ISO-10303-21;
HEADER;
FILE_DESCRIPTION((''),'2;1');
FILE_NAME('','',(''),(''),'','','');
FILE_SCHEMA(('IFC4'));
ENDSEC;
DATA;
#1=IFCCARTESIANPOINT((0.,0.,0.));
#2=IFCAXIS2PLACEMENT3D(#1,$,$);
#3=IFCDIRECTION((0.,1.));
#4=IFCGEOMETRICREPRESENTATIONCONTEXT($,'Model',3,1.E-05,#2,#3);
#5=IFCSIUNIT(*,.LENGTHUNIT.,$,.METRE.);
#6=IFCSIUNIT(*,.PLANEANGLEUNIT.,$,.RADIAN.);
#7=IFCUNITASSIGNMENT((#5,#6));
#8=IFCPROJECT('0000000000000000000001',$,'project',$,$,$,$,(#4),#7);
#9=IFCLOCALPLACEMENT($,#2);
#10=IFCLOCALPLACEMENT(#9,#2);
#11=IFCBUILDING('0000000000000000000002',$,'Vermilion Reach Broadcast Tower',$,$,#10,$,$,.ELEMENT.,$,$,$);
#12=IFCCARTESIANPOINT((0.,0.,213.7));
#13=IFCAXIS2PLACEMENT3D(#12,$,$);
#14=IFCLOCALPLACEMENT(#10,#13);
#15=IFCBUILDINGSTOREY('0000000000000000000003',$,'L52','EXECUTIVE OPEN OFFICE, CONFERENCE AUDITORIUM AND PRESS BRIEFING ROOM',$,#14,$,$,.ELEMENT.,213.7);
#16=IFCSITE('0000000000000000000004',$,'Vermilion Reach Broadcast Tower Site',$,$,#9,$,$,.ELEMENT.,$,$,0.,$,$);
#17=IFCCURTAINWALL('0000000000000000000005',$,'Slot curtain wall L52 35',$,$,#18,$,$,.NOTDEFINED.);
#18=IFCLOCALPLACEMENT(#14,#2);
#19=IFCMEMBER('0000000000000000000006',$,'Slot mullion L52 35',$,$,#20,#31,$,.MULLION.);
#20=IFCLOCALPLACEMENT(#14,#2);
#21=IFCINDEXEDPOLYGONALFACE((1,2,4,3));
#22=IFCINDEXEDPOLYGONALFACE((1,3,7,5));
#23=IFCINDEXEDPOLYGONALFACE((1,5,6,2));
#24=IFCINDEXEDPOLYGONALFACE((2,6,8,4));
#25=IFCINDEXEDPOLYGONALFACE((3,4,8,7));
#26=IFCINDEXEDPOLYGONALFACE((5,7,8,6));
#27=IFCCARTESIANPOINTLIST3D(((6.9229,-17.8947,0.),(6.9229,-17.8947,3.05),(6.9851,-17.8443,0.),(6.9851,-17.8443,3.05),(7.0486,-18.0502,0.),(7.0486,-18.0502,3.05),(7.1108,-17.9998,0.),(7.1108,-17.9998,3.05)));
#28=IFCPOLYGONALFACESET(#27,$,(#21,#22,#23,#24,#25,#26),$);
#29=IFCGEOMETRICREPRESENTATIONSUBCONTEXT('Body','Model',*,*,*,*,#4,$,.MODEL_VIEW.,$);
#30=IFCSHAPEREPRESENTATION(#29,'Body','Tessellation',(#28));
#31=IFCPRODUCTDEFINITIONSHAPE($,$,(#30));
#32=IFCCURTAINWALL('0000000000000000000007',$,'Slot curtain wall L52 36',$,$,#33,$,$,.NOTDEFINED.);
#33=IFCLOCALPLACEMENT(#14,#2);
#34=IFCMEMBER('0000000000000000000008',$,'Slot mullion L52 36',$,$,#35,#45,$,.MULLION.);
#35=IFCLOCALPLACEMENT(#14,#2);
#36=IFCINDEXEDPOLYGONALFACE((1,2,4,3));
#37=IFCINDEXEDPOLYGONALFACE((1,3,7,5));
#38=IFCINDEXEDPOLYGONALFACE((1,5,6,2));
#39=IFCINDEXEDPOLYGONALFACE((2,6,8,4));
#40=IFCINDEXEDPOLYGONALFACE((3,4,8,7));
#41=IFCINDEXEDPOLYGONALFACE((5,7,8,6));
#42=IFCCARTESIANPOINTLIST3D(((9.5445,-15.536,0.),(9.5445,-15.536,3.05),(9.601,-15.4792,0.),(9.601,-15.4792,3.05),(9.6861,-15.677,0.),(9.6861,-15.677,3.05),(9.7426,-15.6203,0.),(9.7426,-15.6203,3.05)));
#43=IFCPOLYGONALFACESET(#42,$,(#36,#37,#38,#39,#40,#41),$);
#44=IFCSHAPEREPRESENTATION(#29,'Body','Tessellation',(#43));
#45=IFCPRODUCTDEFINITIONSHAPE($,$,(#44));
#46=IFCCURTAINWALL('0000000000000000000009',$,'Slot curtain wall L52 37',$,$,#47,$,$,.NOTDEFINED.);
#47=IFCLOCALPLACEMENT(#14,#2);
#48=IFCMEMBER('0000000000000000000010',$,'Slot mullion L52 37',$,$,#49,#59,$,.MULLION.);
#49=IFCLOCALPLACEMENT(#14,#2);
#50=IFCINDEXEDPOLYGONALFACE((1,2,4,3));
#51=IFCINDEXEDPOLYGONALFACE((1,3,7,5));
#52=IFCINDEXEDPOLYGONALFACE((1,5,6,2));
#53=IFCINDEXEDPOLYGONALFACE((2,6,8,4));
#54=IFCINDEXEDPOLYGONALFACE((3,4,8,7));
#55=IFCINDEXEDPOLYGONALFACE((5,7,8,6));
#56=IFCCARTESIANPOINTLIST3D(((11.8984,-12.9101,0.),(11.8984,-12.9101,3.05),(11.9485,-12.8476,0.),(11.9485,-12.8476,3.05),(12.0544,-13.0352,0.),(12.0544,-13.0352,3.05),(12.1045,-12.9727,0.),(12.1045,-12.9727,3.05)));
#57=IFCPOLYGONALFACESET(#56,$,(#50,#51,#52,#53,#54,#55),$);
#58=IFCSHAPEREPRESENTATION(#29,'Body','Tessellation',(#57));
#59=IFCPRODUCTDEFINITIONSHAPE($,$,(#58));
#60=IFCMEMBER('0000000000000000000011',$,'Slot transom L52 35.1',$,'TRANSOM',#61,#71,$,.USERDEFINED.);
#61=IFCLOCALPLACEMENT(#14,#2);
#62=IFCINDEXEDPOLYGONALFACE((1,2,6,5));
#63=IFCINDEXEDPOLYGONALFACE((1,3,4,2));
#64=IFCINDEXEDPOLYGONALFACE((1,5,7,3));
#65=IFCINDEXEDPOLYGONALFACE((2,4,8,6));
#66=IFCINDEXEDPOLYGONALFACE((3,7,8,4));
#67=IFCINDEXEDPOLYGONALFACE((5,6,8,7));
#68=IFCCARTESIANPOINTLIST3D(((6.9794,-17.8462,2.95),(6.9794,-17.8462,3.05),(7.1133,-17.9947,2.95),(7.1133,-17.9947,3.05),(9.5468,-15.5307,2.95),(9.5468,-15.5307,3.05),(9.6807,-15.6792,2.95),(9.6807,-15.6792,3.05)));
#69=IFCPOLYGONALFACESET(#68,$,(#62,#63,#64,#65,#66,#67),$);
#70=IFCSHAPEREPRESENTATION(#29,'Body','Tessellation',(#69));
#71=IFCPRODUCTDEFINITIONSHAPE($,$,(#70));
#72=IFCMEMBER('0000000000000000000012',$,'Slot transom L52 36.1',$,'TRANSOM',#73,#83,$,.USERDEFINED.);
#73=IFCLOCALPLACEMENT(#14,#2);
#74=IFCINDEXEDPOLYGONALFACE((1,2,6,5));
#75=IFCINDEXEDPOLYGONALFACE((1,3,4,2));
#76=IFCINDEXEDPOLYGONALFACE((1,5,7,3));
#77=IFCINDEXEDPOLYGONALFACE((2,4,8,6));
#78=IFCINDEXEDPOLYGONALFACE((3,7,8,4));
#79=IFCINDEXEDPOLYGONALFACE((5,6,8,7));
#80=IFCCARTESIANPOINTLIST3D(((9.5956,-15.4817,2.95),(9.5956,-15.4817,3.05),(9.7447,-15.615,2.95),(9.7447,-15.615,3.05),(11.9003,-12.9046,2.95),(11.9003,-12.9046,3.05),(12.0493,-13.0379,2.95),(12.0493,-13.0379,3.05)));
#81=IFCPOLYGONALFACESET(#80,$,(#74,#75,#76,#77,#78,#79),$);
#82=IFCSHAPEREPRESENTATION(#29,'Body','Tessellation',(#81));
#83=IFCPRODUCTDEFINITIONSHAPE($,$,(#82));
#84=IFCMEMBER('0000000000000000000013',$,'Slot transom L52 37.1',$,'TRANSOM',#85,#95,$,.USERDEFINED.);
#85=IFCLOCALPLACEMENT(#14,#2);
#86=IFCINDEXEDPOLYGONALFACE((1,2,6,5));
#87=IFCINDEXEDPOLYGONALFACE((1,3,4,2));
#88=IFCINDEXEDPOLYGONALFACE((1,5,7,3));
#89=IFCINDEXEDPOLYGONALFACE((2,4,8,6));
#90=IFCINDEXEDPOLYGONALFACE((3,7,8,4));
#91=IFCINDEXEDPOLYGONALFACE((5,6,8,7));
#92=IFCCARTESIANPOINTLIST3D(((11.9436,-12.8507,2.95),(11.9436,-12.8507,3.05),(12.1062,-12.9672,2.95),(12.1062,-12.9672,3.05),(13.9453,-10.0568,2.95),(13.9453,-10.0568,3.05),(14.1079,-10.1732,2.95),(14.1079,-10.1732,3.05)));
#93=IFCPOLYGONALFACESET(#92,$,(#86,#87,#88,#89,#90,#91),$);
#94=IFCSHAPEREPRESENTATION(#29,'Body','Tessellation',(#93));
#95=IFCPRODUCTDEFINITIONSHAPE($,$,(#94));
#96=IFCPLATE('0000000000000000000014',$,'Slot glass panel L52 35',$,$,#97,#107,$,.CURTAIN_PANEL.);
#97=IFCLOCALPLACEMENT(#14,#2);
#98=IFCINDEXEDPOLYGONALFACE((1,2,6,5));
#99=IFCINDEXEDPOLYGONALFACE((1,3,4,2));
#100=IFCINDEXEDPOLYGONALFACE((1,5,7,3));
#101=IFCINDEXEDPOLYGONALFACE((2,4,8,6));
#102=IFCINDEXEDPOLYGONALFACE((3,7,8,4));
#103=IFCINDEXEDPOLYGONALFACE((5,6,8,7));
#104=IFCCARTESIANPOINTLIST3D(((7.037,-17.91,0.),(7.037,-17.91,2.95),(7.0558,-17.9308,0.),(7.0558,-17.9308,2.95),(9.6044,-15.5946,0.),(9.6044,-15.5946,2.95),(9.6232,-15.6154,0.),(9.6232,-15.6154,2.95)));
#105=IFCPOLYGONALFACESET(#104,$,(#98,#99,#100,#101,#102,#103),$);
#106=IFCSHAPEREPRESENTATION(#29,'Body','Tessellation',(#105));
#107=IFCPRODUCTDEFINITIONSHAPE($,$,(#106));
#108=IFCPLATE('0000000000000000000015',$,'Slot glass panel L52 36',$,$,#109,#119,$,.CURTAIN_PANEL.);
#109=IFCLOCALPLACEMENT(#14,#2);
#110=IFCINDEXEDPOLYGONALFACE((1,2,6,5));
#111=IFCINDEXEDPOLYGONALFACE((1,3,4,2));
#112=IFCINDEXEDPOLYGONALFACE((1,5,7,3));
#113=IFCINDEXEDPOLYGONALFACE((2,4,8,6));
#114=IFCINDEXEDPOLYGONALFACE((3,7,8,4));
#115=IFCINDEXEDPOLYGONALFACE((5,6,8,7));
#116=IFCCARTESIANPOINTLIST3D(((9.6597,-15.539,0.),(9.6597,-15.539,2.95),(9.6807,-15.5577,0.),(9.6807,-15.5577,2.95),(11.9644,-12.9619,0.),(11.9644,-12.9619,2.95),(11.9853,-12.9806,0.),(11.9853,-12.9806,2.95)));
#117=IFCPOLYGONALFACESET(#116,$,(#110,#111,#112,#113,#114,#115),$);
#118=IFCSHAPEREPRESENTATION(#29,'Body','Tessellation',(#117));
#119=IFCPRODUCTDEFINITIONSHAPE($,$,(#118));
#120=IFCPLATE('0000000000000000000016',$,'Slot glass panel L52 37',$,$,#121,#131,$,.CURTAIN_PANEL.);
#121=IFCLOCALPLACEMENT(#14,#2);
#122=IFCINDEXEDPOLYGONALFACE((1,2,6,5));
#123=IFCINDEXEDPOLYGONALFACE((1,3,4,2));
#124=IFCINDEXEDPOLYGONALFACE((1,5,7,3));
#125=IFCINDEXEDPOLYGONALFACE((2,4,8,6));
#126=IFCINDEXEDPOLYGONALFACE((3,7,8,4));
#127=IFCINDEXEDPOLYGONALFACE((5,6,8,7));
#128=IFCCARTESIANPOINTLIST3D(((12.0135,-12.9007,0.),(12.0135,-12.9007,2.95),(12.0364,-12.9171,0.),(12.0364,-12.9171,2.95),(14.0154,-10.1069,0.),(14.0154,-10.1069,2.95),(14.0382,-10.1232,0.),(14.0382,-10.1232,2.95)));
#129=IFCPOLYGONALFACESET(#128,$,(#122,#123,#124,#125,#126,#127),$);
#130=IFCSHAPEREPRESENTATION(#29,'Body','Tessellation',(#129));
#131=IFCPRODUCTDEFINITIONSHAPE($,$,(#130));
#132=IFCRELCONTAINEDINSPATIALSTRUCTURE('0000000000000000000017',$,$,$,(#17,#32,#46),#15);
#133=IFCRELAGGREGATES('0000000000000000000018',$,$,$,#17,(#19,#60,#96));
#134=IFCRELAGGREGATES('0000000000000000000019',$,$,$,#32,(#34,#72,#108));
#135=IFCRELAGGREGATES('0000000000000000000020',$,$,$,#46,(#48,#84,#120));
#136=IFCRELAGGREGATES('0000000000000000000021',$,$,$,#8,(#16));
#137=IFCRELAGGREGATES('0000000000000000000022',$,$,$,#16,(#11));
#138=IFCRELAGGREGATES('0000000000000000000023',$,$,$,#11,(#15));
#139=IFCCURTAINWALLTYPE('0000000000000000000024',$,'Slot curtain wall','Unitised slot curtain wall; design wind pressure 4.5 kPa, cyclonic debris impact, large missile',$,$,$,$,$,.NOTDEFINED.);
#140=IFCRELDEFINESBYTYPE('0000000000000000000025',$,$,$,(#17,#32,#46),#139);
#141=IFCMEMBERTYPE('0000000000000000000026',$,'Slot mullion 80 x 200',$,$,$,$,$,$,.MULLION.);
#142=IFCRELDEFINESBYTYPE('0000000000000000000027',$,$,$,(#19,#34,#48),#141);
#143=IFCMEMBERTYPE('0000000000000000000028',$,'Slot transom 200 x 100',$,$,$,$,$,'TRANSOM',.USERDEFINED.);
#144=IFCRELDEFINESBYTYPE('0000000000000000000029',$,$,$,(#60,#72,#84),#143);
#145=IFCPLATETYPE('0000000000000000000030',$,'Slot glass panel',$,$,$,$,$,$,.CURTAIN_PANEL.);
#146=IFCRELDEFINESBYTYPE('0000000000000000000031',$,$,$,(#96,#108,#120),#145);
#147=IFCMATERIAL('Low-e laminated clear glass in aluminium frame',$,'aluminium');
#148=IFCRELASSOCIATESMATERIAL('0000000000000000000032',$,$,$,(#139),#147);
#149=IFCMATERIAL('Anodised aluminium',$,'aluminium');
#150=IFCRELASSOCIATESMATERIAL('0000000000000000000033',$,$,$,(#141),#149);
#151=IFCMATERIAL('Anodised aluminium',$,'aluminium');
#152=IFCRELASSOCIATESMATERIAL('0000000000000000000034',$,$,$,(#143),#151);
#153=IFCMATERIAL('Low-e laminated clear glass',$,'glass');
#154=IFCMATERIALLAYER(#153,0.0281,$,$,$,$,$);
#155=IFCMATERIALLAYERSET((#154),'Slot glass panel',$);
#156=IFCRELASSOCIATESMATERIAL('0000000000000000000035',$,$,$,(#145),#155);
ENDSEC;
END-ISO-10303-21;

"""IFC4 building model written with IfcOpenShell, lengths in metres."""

from ifc_helpers import new_model, si_unit, direction, frame, origin, origin_2d, place, context, subcontext, project, spatial, rectangle, extrude, material, layer, layer_set, material_profile, profile_set, type_object, element, aggregate, save


model = new_model("IFC4")

# Units and contexts
model_context = context("Model", 3, precision=1e-05, world=origin(), true_north=direction((0.0, 1.0)))
body_context = subcontext(model_context, "Body", "Model", "MODEL_VIEW")
ifc_project = project(units=[si_unit("LENGTHUNIT", "METRE"), si_unit("PLANEANGLEUNIT", "RADIAN")], contexts=[model_context])

# Site, building, storey
site_placement = place(None, origin())
site = spatial("IfcSite", under=ifc_project, at=site_placement, Name="Vermilion Reach Broadcast Tower Site", CompositionType="ELEMENT", RefElevation=0.0)
building_placement = place(site_placement, origin())
building = spatial("IfcBuilding", under=site, at=building_placement, Name="Vermilion Reach Broadcast Tower", CompositionType="ELEMENT")
storey_placement = place(building_placement, frame((0.0, 0.0, 213.7)))
storey = spatial("IfcBuildingStorey", under=building, at=storey_placement, Name="L52", Description="EXECUTIVE OPEN OFFICE, CONFERENCE AUDITORIUM AND PRESS BRIEFING ROOM", CompositionType="ELEMENT", Elevation=213.7)

# Curtain walls, members
ifc_material_1 = material(Name="Low-e laminated clear glass in aluminium frame", Category="aluminium")
curtain_wall_type = type_object("IfcCurtainWallType", Name="Slot curtain wall", Description="Unitised slot curtain wall; design wind pressure 4.5 kPa, cyclonic debris impact, large missile", PredefinedType="NOTDEFINED", material=ifc_material_1)
placement = place(storey_placement, origin())
curtain_wall_1 = element("IfcCurtainWall", 1, at=placement, inside=storey, type_object=curtain_wall_type, Name="Slot curtain wall L52 35", PredefinedType="NOTDEFINED")
ifc_material_2 = material(Name="Anodised aluminium", Category="aluminium")
ifc_material_profile_1 = material_profile(ifc_material_2, rectangle(XDim=0.2, YDim=0.0801, at=origin_2d()), Name="Slot mullion 80 x 200")
ifc_profile_set_1 = profile_set([ifc_material_profile_1], Name="Anodised aluminium")
member_type_1 = type_object("IfcMemberType", Name="Slot mullion 80 x 200", PredefinedType="MULLION", material=ifc_profile_set_1)
member_1_placement = place(storey_placement, frame((7.0168, -17.9473, 0.0), z_axis=(0.0, 0.0, 1.0), x_axis=(-0.628697, 0.77765, 0.0)))
member_1 = element("IfcMember", 2, at=member_1_placement, type_object=member_type_1, Name="Slot mullion L52 35", PredefinedType="MULLION", context=body_context, shape_type="SweptSolid", body=[
    extrude(rectangle(XDim=0.2, YDim=0.0801, at=origin_2d()), origin(), (0.0, 0.0, 1.0), 3.05),
])
curtain_wall_2 = element("IfcCurtainWall", 3, at=placement, inside=storey, type_object=curtain_wall_type, Name="Slot curtain wall L52 36", PredefinedType="NOTDEFINED")
member_2_placement = place(storey_placement, frame((9.6436, -15.5781, 0.0), z_axis=(0.0, 0.0, 1.0), x_axis=(-0.708586, 0.705624, 0.0)))
member_2 = element("IfcMember", 4, at=member_2_placement, type_object=member_type_1, Name="Slot mullion L52 36", PredefinedType="MULLION", context=body_context, shape_type="SweptSolid", body=[
    extrude(rectangle(XDim=0.2, YDim=0.0801, at=origin_2d()), origin(), (0.0, 0.0, 1.0), 3.05),
])
curtain_wall_3 = element("IfcCurtainWall", 5, at=placement, inside=storey, type_object=curtain_wall_type, Name="Slot curtain wall L52 37", PredefinedType="NOTDEFINED")
member_3_placement = place(storey_placement, frame((12.0015, -12.9414, 0.0), z_axis=(0.0, 0.0, 1.0), x_axis=(-0.780277, 0.625434, 0.0)))
member_3 = element("IfcMember", 6, at=member_3_placement, type_object=member_type_1, Name="Slot mullion L52 37", PredefinedType="MULLION", context=body_context, shape_type="SweptSolid", body=[
    extrude(rectangle(XDim=0.2, YDim=0.0801, at=origin_2d()), origin(), (0.0, 0.0, 1.0), 3.05),
])

# Members
ifc_material_3 = material(Name="Anodised aluminium", Category="aluminium")
ifc_material_profile_2 = material_profile(ifc_material_3, rectangle(XDim=0.2, YDim=0.1001, at=origin_2d()), Name="Slot transom 200 x 100")
ifc_profile_set_2 = profile_set([ifc_material_profile_2], Name="Anodised aluminium")
member_type_2 = type_object("IfcMemberType", Name="Slot transom 200 x 100", ElementType="TRANSOM", PredefinedType="USERDEFINED", material=ifc_profile_set_2)
member_4_placement = place(storey_placement, frame((7.0464, -17.9204, 3.0), z_axis=(0.742606, 0.669729, 0.0), x_axis=(-0.669729, 0.742606, 0.0)))
member_4 = element("IfcMember", 7, at=member_4_placement, type_object=member_type_2, Name="Slot transom L52 35.1", ObjectType="TRANSOM", PredefinedType="USERDEFINED", context=body_context, shape_type="SweptSolid", body=[
    extrude(rectangle(XDim=0.2, YDim=0.1001, at=origin_2d()), origin(), (0.0, 0.0, 1.0), 3.4573),
])
member_5_placement = place(storey_placement, frame((9.6702, -15.5483, 3.0), z_axis=(0.666605, 0.745411, 0.0), x_axis=(-0.745411, 0.666605, 0.0)))
member_5 = element("IfcMember", 8, at=member_5_placement, type_object=member_type_2, Name="Slot transom L52 36.1", ObjectType="TRANSOM", PredefinedType="USERDEFINED", context=body_context, shape_type="SweptSolid", body=[
    extrude(rectangle(XDim=0.2, YDim=0.1001, at=origin_2d()), origin(), (0.0, 0.0, 1.0), 3.4573),
])
member_6_placement = place(storey_placement, frame((12.0249, -12.9089, 3.0), z_axis=(0.5824, 0.812902, 0.0), x_axis=(-0.812902, 0.5824, 0.0)))
member_6 = element("IfcMember", 9, at=member_6_placement, type_object=member_type_2, Name="Slot transom L52 37.1", ObjectType="TRANSOM", PredefinedType="USERDEFINED", context=body_context, shape_type="SweptSolid", body=[
    extrude(rectangle(XDim=0.2, YDim=0.1001, at=origin_2d()), origin(), (0.0, 0.0, 1.0), 3.437),
])

# Plates
ifc_material_4 = material(Name="Low-e laminated clear glass", Category="glass")
ifc_layer_1 = layer(ifc_material_4, 0.0281)
ifc_layer_set_1 = layer_set([ifc_layer_1], Name="Slot glass panel")
plate_type = type_object("IfcPlateType", Name="Slot glass panel", PredefinedType="CURTAIN_PANEL", material=ifc_layer_set_1)
plate_1_placement = place(storey_placement, frame((8.3301, -16.7627, 0.0), z_axis=(0.0, 0.0, 1.0), x_axis=(0.742611, 0.669723, 0.0)))
plate_1 = element("IfcPlate", 10, at=plate_1_placement, type_object=plate_type, Name="Slot glass panel L52 35", PredefinedType="CURTAIN_PANEL", context=body_context, shape_type="SweptSolid", body=[
    extrude(rectangle(XDim=3.4573, YDim=0.0281, at=origin_2d()), origin(), (0.0, 0.0, 1.0), 2.95),
])
aggregate(curtain_wall_1, [member_1, member_4, plate_1])
plate_2_placement = place(storey_placement, frame((10.8225, -14.2598, 0.0), z_axis=(0.0, 0.0, 1.0), x_axis=(0.666606, 0.74541, 0.0)))
plate_2 = element("IfcPlate", 11, at=plate_2_placement, type_object=plate_type, Name="Slot glass panel L52 36", PredefinedType="CURTAIN_PANEL", context=body_context, shape_type="SweptSolid", body=[
    extrude(rectangle(XDim=3.4573, YDim=0.0281, at=origin_2d()), origin(), (0.0, 0.0, 1.0), 2.95),
])
aggregate(curtain_wall_2, [member_2, member_5, plate_2])
plate_3_placement = place(storey_placement, frame((13.0259, -11.512, 0.0), z_axis=(0.0, 0.0, 1.0), x_axis=(0.582442, 0.812873, 0.0)))
plate_3 = element("IfcPlate", 12, at=plate_3_placement, type_object=plate_type, Name="Slot glass panel L52 37", PredefinedType="CURTAIN_PANEL", context=body_context, shape_type="SweptSolid", body=[
    extrude(rectangle(XDim=3.437, YDim=0.0281, at=origin_2d()), origin(), (0.0, 0.0, 1.0), 2.95),
])
aggregate(curtain_wall_3, [member_3, member_6, plate_3])

save(model, "model.ifc")
